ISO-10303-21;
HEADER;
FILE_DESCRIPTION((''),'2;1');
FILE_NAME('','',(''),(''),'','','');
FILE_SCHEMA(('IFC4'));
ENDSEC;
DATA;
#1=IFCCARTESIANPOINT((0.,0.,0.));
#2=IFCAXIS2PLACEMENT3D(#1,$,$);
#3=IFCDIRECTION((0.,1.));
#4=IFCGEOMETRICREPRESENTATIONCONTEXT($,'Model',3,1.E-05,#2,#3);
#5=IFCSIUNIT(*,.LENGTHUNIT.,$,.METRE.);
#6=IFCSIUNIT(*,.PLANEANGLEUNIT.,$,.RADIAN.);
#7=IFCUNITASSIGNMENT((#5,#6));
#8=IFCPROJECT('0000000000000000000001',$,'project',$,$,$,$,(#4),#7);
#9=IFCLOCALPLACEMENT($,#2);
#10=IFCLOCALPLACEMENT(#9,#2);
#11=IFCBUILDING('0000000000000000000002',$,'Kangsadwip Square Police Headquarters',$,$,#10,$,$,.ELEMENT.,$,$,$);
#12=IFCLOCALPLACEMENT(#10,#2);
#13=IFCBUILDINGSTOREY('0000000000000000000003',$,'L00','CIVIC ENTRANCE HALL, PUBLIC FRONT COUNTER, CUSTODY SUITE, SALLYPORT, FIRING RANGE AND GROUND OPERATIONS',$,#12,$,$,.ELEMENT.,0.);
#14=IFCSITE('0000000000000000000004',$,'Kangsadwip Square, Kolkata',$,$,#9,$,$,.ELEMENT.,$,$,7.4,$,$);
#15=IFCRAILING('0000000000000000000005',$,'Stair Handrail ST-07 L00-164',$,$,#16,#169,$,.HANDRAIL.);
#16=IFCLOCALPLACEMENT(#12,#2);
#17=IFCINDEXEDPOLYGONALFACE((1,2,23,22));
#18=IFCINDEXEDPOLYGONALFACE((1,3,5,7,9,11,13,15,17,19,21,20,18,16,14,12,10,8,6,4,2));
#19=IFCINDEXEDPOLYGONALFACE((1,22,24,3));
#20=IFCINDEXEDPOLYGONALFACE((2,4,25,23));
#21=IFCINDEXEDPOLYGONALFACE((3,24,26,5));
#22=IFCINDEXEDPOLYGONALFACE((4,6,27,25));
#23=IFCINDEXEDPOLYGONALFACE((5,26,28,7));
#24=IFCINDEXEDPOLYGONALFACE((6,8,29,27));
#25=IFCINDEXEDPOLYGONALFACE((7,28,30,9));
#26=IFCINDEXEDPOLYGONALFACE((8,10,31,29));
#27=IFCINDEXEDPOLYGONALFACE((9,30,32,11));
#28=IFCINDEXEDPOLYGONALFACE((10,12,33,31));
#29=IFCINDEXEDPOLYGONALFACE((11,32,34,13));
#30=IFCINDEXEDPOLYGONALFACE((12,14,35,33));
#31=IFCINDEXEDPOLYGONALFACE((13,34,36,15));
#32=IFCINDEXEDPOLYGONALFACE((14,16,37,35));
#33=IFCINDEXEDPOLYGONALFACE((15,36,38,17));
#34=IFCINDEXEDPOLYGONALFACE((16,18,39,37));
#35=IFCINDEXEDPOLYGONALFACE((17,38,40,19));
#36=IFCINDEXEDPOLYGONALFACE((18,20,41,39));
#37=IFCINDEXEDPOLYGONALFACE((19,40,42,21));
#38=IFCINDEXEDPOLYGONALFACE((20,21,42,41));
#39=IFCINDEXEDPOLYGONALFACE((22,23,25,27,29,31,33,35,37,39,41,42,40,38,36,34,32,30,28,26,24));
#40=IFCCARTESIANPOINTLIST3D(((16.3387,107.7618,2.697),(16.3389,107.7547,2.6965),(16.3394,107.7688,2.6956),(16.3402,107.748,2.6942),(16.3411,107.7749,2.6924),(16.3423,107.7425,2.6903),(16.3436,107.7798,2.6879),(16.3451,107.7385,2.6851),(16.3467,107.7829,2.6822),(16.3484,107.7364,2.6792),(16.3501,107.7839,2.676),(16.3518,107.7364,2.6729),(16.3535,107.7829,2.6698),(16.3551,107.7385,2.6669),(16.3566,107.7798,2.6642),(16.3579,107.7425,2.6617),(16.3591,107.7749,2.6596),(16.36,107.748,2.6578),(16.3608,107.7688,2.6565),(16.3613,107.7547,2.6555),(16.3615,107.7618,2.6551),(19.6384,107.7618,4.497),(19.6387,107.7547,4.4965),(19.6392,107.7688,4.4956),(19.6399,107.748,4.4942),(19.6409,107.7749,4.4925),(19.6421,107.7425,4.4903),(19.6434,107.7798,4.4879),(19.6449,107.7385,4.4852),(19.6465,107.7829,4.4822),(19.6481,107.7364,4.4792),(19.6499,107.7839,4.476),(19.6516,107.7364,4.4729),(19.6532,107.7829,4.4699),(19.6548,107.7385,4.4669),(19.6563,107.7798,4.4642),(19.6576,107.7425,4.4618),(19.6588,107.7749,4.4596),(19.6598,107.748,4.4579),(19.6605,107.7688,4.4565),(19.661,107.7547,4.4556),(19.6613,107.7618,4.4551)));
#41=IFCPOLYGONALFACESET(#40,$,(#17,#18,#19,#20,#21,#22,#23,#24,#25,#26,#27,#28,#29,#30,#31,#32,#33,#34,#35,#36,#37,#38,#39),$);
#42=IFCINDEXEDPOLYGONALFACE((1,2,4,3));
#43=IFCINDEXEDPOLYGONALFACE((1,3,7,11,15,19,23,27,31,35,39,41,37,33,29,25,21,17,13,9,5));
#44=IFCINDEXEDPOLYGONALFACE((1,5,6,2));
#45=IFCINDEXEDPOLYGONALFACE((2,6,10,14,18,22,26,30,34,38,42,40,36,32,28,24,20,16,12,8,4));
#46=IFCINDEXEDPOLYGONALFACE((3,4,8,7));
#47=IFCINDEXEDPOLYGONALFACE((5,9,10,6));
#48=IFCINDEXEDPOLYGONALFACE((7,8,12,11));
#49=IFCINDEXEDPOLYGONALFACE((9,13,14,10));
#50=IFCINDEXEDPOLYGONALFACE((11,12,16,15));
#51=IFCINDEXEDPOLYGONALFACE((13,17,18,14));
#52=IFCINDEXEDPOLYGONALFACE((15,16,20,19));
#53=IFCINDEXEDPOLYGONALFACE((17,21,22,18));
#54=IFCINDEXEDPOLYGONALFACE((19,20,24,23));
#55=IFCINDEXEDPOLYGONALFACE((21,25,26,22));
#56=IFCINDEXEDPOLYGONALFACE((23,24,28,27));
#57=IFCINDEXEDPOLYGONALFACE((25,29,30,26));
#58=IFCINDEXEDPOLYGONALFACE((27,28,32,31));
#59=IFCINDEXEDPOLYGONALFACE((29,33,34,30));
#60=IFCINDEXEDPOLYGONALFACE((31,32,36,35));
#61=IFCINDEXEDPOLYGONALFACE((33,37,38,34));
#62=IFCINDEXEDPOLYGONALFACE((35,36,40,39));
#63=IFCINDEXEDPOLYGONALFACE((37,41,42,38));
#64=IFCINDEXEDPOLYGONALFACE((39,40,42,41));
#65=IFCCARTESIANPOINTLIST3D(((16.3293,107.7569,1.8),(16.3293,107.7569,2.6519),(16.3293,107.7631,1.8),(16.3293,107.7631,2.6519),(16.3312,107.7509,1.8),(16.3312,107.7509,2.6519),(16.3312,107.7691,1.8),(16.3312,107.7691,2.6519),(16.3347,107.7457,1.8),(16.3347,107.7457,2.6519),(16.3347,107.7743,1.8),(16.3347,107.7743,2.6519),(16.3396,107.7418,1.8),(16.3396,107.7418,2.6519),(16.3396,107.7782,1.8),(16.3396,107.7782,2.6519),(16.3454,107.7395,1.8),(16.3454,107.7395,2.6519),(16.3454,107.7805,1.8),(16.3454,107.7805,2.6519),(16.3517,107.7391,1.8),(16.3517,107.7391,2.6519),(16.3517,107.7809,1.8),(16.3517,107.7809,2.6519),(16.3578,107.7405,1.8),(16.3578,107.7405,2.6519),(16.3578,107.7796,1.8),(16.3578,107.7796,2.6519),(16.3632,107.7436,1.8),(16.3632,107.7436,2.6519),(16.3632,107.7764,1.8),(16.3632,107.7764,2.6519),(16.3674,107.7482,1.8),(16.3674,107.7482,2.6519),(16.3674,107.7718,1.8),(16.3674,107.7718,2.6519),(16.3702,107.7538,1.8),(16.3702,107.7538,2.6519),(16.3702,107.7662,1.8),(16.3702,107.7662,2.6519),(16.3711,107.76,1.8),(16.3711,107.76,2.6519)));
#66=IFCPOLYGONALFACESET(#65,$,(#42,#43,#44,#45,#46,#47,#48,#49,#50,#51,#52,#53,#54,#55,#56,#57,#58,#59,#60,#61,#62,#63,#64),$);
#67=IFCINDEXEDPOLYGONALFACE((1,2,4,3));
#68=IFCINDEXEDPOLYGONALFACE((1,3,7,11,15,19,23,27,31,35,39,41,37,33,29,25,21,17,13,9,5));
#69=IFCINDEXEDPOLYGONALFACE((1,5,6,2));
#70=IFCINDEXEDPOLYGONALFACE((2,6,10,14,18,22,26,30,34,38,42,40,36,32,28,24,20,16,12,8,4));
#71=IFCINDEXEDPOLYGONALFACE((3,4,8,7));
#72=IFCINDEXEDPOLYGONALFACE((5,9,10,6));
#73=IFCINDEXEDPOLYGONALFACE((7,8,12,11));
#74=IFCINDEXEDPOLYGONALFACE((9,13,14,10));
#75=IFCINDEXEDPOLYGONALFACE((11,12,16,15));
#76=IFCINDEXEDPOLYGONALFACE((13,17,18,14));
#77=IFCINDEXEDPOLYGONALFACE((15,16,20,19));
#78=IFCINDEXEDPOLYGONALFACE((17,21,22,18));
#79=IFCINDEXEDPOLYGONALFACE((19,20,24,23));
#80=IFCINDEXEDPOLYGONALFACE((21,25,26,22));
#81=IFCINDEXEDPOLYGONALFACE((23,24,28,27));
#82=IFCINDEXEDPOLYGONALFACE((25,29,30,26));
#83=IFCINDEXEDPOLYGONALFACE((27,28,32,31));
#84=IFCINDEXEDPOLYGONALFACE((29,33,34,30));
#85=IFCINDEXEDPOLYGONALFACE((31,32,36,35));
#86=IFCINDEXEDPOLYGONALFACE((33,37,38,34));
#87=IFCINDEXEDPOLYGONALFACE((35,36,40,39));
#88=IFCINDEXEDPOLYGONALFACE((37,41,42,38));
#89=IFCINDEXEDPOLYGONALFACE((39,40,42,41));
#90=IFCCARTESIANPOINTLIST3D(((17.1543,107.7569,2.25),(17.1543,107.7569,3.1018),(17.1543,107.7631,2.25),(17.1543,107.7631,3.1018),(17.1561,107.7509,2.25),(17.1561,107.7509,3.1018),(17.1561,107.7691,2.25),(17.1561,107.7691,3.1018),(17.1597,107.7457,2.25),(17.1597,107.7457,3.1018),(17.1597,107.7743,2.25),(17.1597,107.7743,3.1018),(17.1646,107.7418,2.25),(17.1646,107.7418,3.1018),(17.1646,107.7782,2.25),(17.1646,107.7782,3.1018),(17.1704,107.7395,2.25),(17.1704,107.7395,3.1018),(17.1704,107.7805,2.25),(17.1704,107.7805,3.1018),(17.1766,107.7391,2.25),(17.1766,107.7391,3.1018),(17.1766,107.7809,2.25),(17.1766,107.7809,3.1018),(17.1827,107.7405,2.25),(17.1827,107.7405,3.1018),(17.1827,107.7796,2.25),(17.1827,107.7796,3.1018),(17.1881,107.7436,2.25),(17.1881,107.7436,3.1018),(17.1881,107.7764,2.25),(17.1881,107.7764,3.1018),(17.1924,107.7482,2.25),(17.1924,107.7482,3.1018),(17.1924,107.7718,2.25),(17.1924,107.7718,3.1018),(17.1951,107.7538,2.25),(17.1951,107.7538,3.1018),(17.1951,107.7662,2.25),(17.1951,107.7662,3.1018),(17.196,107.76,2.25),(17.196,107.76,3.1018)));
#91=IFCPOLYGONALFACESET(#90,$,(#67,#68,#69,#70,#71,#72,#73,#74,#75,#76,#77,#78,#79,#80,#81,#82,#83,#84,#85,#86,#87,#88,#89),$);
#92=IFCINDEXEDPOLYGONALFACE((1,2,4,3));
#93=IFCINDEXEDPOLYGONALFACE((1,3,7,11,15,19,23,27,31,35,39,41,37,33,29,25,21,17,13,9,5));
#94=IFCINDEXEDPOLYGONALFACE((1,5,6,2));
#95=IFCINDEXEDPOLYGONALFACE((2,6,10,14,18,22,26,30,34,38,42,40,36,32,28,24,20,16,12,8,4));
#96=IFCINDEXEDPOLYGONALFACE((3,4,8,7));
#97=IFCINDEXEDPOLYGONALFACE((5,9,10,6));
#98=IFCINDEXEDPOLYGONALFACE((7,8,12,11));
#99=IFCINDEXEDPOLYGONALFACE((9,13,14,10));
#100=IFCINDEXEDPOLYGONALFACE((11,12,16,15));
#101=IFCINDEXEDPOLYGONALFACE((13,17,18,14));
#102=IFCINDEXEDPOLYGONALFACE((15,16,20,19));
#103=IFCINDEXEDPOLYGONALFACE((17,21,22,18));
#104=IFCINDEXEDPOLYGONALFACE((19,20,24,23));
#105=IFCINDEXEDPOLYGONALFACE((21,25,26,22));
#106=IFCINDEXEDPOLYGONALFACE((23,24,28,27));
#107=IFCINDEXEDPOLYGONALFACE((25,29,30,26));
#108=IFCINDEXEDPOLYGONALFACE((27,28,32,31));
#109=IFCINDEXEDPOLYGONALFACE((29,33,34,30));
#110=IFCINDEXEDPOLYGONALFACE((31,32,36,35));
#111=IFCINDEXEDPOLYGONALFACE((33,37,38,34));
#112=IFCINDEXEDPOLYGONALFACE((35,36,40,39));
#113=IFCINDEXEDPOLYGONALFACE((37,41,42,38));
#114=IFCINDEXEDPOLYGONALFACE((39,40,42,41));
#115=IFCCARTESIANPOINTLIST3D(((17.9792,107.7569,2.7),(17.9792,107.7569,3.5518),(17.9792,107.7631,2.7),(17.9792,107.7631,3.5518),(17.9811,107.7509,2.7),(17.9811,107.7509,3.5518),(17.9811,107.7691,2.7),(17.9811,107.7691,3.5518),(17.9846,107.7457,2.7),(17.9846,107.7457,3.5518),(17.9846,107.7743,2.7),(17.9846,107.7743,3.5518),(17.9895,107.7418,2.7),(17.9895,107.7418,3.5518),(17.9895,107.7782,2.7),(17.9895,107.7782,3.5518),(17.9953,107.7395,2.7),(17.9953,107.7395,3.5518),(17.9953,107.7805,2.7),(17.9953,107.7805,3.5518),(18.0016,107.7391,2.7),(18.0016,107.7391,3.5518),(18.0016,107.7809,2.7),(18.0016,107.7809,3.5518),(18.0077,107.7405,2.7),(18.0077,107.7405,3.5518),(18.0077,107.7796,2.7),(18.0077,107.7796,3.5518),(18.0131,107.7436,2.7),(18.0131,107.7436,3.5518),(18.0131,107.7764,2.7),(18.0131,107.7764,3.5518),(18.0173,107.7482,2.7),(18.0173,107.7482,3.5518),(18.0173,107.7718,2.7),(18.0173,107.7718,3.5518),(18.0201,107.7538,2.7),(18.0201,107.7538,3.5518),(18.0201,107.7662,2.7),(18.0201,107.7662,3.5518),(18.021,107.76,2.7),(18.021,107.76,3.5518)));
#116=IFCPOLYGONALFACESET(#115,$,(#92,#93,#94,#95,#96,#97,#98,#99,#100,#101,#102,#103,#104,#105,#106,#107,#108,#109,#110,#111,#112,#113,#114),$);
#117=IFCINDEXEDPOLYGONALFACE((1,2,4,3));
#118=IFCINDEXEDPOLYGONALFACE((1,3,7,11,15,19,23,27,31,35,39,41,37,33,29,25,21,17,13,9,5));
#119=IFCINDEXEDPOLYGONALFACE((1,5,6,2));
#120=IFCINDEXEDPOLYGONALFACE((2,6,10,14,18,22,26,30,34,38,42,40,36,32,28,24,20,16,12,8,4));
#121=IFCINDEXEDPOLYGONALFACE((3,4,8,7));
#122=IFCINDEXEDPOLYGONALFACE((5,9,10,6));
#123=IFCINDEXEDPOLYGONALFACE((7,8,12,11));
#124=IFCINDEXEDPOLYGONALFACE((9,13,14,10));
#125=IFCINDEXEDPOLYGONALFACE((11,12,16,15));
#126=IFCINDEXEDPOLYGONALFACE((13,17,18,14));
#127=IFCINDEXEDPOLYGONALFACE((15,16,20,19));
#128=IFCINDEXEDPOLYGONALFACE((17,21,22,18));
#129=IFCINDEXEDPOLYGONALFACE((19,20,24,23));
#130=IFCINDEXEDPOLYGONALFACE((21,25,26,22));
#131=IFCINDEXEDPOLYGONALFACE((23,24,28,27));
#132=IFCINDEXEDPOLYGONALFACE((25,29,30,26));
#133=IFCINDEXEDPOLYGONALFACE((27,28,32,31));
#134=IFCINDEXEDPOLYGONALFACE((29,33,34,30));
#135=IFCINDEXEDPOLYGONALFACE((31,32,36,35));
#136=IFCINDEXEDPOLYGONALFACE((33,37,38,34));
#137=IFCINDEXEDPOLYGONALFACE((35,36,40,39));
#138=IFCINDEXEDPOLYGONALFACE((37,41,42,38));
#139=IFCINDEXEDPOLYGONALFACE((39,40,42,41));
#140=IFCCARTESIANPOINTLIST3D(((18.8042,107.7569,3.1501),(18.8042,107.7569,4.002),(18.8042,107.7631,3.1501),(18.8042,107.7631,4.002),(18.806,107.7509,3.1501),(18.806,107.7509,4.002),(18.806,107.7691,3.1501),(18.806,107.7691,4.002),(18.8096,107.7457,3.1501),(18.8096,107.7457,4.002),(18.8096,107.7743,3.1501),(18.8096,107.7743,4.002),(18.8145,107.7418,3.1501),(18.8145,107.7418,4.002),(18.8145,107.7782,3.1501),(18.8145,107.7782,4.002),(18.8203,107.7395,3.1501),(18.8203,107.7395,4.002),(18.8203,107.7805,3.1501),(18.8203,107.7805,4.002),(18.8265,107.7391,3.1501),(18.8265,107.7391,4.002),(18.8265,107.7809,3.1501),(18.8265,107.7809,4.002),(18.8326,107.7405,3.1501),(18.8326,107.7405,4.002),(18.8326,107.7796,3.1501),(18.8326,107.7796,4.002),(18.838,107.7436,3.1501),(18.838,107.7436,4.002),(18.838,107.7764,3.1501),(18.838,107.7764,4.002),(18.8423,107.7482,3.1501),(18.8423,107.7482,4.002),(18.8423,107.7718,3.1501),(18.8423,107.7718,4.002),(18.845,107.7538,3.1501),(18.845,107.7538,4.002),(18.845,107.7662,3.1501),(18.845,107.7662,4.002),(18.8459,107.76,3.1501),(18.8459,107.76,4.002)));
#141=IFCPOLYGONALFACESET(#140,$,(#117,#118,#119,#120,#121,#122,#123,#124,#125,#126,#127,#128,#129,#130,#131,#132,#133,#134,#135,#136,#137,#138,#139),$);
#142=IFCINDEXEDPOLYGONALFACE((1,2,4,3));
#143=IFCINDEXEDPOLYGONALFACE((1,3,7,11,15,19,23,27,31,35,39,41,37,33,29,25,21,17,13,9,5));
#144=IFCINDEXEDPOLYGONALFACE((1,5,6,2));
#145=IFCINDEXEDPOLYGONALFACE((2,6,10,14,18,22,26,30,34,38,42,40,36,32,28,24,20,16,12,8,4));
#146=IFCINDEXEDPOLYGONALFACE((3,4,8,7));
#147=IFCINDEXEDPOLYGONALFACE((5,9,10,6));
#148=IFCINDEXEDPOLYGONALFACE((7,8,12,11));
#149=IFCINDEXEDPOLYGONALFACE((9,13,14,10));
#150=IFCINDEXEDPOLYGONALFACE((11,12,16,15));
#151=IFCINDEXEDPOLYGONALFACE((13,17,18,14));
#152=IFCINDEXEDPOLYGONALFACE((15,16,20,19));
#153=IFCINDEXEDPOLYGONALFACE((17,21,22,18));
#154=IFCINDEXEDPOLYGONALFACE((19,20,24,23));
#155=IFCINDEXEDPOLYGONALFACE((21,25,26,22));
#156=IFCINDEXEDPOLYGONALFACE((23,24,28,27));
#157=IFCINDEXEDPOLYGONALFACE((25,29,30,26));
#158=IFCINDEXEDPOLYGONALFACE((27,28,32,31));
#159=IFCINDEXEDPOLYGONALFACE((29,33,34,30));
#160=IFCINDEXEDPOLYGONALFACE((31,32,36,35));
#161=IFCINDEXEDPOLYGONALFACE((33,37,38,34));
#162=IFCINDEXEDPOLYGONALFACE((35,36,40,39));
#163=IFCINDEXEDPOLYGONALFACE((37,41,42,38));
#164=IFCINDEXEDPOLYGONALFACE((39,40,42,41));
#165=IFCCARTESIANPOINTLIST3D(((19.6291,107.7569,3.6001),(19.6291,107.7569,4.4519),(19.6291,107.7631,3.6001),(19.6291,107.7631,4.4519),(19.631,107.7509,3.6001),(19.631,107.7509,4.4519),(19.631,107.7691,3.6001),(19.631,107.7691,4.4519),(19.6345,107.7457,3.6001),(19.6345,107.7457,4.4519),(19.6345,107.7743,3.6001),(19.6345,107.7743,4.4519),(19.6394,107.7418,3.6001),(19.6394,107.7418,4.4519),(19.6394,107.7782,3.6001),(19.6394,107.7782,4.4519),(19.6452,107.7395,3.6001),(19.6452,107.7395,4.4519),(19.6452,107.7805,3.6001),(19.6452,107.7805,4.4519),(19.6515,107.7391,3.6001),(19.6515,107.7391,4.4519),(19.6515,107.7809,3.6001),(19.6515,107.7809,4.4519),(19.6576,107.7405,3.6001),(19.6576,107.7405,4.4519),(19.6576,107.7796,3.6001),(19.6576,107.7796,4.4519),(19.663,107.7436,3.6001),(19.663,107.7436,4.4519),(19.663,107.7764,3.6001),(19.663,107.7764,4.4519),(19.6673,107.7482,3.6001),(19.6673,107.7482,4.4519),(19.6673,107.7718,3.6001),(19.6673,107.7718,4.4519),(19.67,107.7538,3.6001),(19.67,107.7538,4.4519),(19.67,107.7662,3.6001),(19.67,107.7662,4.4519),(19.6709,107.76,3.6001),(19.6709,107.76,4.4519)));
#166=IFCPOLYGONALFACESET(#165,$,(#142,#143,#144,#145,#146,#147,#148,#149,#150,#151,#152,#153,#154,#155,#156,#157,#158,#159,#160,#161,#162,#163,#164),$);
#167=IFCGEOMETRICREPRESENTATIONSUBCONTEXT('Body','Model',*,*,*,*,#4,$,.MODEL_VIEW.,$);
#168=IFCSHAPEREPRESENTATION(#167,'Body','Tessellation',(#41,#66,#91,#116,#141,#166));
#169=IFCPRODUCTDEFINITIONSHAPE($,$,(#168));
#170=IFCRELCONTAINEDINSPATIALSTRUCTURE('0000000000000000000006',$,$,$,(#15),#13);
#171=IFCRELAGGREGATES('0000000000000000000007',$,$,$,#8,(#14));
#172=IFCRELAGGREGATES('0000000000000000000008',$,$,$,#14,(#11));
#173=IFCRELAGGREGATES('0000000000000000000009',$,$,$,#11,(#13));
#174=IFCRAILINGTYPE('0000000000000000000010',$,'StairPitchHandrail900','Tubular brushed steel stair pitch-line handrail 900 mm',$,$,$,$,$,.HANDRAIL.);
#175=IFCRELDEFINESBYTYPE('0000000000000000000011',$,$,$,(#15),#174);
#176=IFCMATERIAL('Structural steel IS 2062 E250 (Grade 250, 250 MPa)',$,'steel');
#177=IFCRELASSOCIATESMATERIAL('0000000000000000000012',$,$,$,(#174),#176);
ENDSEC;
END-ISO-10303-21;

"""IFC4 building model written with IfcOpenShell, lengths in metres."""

from ifc_helpers import new_model, si_unit, direction, frame, origin, origin_2d, place, context, subcontext, project, spatial, circle, extrude, material, type_object, element, save


model = new_model("IFC4")

# Units and contexts
model_context = context("Model", 3, precision=1e-05, world=origin(), true_north=direction((0.0, 1.0)))
body_context = subcontext(model_context, "Body", "Model", "MODEL_VIEW")
ifc_project = project(units=[si_unit("LENGTHUNIT", "METRE"), si_unit("PLANEANGLEUNIT", "RADIAN")], contexts=[model_context])

# Site, building, storey
site_placement = place(None, origin())
site = spatial("IfcSite", under=ifc_project, at=site_placement, Name="Kangsadwip Square, Kolkata", CompositionType="ELEMENT", RefElevation=7.4)
building_placement = place(site_placement, origin())
building = spatial("IfcBuilding", under=site, at=building_placement, Name="Kangsadwip Square Police Headquarters", CompositionType="ELEMENT")
storey_placement = place(building_placement, origin())
storey = spatial("IfcBuildingStorey", under=building, at=storey_placement, Name="L00", Description="CIVIC ENTRANCE HALL, PUBLIC FRONT COUNTER, CUSTODY SUITE, SALLYPORT, FIRING RANGE AND GROUND OPERATIONS", CompositionType="ELEMENT", Elevation=0.0)

# Railing
ifc_material_1 = material(Name="Structural steel IS 2062 E250 (Grade 250, 250 MPa)", Category="steel")
railing_type = type_object("IfcRailingType", Name="StairPitchHandrail900", Description="Tubular brushed steel stair pitch-line handrail 900 mm", PredefinedType="HANDRAIL", material=ifc_material_1)
railing_1_placement = place(storey_placement, frame((16.3501, 107.76, 1.8)))
element("IfcRailing", 1, at=railing_1_placement, inside=storey, type_object=railing_type, Name="Stair Handrail ST-07 L00-164", PredefinedType="HANDRAIL", context=body_context, shape_type="SweptSolid", body=[
    extrude(circle(Radius=0.0239, at=origin_2d()), frame((0.0, 0.0, 0.876), z_axis=(0.877878, 0.0, 0.478884), x_axis=(0.0, 1.0, 0.0)), (0.0, 0.0, 1.0), 3.7588),
    extrude(circle(Radius=0.021, at=origin_2d()), origin(), (0.0, 0.0, 1.0), 0.8518),
    extrude(circle(Radius=0.021, at=origin_2d()), frame((0.825, 0.0, 0.45)), (0.0, 0.0, 1.0), 0.8518),
    extrude(circle(Radius=0.021, at=origin_2d()), frame((1.6499, 0.0, 0.8999)), (0.0, 0.0, 1.0), 0.8518),
    extrude(circle(Radius=0.021, at=origin_2d()), frame((2.4749, 0.0, 1.3501)), (0.0, 0.0, 1.0), 0.8518),
    extrude(circle(Radius=0.021, at=origin_2d()), frame((3.2998, 0.0, 1.8)), (0.0, 0.0, 1.0), 0.8518),
])

save(model, "model.ifc")
